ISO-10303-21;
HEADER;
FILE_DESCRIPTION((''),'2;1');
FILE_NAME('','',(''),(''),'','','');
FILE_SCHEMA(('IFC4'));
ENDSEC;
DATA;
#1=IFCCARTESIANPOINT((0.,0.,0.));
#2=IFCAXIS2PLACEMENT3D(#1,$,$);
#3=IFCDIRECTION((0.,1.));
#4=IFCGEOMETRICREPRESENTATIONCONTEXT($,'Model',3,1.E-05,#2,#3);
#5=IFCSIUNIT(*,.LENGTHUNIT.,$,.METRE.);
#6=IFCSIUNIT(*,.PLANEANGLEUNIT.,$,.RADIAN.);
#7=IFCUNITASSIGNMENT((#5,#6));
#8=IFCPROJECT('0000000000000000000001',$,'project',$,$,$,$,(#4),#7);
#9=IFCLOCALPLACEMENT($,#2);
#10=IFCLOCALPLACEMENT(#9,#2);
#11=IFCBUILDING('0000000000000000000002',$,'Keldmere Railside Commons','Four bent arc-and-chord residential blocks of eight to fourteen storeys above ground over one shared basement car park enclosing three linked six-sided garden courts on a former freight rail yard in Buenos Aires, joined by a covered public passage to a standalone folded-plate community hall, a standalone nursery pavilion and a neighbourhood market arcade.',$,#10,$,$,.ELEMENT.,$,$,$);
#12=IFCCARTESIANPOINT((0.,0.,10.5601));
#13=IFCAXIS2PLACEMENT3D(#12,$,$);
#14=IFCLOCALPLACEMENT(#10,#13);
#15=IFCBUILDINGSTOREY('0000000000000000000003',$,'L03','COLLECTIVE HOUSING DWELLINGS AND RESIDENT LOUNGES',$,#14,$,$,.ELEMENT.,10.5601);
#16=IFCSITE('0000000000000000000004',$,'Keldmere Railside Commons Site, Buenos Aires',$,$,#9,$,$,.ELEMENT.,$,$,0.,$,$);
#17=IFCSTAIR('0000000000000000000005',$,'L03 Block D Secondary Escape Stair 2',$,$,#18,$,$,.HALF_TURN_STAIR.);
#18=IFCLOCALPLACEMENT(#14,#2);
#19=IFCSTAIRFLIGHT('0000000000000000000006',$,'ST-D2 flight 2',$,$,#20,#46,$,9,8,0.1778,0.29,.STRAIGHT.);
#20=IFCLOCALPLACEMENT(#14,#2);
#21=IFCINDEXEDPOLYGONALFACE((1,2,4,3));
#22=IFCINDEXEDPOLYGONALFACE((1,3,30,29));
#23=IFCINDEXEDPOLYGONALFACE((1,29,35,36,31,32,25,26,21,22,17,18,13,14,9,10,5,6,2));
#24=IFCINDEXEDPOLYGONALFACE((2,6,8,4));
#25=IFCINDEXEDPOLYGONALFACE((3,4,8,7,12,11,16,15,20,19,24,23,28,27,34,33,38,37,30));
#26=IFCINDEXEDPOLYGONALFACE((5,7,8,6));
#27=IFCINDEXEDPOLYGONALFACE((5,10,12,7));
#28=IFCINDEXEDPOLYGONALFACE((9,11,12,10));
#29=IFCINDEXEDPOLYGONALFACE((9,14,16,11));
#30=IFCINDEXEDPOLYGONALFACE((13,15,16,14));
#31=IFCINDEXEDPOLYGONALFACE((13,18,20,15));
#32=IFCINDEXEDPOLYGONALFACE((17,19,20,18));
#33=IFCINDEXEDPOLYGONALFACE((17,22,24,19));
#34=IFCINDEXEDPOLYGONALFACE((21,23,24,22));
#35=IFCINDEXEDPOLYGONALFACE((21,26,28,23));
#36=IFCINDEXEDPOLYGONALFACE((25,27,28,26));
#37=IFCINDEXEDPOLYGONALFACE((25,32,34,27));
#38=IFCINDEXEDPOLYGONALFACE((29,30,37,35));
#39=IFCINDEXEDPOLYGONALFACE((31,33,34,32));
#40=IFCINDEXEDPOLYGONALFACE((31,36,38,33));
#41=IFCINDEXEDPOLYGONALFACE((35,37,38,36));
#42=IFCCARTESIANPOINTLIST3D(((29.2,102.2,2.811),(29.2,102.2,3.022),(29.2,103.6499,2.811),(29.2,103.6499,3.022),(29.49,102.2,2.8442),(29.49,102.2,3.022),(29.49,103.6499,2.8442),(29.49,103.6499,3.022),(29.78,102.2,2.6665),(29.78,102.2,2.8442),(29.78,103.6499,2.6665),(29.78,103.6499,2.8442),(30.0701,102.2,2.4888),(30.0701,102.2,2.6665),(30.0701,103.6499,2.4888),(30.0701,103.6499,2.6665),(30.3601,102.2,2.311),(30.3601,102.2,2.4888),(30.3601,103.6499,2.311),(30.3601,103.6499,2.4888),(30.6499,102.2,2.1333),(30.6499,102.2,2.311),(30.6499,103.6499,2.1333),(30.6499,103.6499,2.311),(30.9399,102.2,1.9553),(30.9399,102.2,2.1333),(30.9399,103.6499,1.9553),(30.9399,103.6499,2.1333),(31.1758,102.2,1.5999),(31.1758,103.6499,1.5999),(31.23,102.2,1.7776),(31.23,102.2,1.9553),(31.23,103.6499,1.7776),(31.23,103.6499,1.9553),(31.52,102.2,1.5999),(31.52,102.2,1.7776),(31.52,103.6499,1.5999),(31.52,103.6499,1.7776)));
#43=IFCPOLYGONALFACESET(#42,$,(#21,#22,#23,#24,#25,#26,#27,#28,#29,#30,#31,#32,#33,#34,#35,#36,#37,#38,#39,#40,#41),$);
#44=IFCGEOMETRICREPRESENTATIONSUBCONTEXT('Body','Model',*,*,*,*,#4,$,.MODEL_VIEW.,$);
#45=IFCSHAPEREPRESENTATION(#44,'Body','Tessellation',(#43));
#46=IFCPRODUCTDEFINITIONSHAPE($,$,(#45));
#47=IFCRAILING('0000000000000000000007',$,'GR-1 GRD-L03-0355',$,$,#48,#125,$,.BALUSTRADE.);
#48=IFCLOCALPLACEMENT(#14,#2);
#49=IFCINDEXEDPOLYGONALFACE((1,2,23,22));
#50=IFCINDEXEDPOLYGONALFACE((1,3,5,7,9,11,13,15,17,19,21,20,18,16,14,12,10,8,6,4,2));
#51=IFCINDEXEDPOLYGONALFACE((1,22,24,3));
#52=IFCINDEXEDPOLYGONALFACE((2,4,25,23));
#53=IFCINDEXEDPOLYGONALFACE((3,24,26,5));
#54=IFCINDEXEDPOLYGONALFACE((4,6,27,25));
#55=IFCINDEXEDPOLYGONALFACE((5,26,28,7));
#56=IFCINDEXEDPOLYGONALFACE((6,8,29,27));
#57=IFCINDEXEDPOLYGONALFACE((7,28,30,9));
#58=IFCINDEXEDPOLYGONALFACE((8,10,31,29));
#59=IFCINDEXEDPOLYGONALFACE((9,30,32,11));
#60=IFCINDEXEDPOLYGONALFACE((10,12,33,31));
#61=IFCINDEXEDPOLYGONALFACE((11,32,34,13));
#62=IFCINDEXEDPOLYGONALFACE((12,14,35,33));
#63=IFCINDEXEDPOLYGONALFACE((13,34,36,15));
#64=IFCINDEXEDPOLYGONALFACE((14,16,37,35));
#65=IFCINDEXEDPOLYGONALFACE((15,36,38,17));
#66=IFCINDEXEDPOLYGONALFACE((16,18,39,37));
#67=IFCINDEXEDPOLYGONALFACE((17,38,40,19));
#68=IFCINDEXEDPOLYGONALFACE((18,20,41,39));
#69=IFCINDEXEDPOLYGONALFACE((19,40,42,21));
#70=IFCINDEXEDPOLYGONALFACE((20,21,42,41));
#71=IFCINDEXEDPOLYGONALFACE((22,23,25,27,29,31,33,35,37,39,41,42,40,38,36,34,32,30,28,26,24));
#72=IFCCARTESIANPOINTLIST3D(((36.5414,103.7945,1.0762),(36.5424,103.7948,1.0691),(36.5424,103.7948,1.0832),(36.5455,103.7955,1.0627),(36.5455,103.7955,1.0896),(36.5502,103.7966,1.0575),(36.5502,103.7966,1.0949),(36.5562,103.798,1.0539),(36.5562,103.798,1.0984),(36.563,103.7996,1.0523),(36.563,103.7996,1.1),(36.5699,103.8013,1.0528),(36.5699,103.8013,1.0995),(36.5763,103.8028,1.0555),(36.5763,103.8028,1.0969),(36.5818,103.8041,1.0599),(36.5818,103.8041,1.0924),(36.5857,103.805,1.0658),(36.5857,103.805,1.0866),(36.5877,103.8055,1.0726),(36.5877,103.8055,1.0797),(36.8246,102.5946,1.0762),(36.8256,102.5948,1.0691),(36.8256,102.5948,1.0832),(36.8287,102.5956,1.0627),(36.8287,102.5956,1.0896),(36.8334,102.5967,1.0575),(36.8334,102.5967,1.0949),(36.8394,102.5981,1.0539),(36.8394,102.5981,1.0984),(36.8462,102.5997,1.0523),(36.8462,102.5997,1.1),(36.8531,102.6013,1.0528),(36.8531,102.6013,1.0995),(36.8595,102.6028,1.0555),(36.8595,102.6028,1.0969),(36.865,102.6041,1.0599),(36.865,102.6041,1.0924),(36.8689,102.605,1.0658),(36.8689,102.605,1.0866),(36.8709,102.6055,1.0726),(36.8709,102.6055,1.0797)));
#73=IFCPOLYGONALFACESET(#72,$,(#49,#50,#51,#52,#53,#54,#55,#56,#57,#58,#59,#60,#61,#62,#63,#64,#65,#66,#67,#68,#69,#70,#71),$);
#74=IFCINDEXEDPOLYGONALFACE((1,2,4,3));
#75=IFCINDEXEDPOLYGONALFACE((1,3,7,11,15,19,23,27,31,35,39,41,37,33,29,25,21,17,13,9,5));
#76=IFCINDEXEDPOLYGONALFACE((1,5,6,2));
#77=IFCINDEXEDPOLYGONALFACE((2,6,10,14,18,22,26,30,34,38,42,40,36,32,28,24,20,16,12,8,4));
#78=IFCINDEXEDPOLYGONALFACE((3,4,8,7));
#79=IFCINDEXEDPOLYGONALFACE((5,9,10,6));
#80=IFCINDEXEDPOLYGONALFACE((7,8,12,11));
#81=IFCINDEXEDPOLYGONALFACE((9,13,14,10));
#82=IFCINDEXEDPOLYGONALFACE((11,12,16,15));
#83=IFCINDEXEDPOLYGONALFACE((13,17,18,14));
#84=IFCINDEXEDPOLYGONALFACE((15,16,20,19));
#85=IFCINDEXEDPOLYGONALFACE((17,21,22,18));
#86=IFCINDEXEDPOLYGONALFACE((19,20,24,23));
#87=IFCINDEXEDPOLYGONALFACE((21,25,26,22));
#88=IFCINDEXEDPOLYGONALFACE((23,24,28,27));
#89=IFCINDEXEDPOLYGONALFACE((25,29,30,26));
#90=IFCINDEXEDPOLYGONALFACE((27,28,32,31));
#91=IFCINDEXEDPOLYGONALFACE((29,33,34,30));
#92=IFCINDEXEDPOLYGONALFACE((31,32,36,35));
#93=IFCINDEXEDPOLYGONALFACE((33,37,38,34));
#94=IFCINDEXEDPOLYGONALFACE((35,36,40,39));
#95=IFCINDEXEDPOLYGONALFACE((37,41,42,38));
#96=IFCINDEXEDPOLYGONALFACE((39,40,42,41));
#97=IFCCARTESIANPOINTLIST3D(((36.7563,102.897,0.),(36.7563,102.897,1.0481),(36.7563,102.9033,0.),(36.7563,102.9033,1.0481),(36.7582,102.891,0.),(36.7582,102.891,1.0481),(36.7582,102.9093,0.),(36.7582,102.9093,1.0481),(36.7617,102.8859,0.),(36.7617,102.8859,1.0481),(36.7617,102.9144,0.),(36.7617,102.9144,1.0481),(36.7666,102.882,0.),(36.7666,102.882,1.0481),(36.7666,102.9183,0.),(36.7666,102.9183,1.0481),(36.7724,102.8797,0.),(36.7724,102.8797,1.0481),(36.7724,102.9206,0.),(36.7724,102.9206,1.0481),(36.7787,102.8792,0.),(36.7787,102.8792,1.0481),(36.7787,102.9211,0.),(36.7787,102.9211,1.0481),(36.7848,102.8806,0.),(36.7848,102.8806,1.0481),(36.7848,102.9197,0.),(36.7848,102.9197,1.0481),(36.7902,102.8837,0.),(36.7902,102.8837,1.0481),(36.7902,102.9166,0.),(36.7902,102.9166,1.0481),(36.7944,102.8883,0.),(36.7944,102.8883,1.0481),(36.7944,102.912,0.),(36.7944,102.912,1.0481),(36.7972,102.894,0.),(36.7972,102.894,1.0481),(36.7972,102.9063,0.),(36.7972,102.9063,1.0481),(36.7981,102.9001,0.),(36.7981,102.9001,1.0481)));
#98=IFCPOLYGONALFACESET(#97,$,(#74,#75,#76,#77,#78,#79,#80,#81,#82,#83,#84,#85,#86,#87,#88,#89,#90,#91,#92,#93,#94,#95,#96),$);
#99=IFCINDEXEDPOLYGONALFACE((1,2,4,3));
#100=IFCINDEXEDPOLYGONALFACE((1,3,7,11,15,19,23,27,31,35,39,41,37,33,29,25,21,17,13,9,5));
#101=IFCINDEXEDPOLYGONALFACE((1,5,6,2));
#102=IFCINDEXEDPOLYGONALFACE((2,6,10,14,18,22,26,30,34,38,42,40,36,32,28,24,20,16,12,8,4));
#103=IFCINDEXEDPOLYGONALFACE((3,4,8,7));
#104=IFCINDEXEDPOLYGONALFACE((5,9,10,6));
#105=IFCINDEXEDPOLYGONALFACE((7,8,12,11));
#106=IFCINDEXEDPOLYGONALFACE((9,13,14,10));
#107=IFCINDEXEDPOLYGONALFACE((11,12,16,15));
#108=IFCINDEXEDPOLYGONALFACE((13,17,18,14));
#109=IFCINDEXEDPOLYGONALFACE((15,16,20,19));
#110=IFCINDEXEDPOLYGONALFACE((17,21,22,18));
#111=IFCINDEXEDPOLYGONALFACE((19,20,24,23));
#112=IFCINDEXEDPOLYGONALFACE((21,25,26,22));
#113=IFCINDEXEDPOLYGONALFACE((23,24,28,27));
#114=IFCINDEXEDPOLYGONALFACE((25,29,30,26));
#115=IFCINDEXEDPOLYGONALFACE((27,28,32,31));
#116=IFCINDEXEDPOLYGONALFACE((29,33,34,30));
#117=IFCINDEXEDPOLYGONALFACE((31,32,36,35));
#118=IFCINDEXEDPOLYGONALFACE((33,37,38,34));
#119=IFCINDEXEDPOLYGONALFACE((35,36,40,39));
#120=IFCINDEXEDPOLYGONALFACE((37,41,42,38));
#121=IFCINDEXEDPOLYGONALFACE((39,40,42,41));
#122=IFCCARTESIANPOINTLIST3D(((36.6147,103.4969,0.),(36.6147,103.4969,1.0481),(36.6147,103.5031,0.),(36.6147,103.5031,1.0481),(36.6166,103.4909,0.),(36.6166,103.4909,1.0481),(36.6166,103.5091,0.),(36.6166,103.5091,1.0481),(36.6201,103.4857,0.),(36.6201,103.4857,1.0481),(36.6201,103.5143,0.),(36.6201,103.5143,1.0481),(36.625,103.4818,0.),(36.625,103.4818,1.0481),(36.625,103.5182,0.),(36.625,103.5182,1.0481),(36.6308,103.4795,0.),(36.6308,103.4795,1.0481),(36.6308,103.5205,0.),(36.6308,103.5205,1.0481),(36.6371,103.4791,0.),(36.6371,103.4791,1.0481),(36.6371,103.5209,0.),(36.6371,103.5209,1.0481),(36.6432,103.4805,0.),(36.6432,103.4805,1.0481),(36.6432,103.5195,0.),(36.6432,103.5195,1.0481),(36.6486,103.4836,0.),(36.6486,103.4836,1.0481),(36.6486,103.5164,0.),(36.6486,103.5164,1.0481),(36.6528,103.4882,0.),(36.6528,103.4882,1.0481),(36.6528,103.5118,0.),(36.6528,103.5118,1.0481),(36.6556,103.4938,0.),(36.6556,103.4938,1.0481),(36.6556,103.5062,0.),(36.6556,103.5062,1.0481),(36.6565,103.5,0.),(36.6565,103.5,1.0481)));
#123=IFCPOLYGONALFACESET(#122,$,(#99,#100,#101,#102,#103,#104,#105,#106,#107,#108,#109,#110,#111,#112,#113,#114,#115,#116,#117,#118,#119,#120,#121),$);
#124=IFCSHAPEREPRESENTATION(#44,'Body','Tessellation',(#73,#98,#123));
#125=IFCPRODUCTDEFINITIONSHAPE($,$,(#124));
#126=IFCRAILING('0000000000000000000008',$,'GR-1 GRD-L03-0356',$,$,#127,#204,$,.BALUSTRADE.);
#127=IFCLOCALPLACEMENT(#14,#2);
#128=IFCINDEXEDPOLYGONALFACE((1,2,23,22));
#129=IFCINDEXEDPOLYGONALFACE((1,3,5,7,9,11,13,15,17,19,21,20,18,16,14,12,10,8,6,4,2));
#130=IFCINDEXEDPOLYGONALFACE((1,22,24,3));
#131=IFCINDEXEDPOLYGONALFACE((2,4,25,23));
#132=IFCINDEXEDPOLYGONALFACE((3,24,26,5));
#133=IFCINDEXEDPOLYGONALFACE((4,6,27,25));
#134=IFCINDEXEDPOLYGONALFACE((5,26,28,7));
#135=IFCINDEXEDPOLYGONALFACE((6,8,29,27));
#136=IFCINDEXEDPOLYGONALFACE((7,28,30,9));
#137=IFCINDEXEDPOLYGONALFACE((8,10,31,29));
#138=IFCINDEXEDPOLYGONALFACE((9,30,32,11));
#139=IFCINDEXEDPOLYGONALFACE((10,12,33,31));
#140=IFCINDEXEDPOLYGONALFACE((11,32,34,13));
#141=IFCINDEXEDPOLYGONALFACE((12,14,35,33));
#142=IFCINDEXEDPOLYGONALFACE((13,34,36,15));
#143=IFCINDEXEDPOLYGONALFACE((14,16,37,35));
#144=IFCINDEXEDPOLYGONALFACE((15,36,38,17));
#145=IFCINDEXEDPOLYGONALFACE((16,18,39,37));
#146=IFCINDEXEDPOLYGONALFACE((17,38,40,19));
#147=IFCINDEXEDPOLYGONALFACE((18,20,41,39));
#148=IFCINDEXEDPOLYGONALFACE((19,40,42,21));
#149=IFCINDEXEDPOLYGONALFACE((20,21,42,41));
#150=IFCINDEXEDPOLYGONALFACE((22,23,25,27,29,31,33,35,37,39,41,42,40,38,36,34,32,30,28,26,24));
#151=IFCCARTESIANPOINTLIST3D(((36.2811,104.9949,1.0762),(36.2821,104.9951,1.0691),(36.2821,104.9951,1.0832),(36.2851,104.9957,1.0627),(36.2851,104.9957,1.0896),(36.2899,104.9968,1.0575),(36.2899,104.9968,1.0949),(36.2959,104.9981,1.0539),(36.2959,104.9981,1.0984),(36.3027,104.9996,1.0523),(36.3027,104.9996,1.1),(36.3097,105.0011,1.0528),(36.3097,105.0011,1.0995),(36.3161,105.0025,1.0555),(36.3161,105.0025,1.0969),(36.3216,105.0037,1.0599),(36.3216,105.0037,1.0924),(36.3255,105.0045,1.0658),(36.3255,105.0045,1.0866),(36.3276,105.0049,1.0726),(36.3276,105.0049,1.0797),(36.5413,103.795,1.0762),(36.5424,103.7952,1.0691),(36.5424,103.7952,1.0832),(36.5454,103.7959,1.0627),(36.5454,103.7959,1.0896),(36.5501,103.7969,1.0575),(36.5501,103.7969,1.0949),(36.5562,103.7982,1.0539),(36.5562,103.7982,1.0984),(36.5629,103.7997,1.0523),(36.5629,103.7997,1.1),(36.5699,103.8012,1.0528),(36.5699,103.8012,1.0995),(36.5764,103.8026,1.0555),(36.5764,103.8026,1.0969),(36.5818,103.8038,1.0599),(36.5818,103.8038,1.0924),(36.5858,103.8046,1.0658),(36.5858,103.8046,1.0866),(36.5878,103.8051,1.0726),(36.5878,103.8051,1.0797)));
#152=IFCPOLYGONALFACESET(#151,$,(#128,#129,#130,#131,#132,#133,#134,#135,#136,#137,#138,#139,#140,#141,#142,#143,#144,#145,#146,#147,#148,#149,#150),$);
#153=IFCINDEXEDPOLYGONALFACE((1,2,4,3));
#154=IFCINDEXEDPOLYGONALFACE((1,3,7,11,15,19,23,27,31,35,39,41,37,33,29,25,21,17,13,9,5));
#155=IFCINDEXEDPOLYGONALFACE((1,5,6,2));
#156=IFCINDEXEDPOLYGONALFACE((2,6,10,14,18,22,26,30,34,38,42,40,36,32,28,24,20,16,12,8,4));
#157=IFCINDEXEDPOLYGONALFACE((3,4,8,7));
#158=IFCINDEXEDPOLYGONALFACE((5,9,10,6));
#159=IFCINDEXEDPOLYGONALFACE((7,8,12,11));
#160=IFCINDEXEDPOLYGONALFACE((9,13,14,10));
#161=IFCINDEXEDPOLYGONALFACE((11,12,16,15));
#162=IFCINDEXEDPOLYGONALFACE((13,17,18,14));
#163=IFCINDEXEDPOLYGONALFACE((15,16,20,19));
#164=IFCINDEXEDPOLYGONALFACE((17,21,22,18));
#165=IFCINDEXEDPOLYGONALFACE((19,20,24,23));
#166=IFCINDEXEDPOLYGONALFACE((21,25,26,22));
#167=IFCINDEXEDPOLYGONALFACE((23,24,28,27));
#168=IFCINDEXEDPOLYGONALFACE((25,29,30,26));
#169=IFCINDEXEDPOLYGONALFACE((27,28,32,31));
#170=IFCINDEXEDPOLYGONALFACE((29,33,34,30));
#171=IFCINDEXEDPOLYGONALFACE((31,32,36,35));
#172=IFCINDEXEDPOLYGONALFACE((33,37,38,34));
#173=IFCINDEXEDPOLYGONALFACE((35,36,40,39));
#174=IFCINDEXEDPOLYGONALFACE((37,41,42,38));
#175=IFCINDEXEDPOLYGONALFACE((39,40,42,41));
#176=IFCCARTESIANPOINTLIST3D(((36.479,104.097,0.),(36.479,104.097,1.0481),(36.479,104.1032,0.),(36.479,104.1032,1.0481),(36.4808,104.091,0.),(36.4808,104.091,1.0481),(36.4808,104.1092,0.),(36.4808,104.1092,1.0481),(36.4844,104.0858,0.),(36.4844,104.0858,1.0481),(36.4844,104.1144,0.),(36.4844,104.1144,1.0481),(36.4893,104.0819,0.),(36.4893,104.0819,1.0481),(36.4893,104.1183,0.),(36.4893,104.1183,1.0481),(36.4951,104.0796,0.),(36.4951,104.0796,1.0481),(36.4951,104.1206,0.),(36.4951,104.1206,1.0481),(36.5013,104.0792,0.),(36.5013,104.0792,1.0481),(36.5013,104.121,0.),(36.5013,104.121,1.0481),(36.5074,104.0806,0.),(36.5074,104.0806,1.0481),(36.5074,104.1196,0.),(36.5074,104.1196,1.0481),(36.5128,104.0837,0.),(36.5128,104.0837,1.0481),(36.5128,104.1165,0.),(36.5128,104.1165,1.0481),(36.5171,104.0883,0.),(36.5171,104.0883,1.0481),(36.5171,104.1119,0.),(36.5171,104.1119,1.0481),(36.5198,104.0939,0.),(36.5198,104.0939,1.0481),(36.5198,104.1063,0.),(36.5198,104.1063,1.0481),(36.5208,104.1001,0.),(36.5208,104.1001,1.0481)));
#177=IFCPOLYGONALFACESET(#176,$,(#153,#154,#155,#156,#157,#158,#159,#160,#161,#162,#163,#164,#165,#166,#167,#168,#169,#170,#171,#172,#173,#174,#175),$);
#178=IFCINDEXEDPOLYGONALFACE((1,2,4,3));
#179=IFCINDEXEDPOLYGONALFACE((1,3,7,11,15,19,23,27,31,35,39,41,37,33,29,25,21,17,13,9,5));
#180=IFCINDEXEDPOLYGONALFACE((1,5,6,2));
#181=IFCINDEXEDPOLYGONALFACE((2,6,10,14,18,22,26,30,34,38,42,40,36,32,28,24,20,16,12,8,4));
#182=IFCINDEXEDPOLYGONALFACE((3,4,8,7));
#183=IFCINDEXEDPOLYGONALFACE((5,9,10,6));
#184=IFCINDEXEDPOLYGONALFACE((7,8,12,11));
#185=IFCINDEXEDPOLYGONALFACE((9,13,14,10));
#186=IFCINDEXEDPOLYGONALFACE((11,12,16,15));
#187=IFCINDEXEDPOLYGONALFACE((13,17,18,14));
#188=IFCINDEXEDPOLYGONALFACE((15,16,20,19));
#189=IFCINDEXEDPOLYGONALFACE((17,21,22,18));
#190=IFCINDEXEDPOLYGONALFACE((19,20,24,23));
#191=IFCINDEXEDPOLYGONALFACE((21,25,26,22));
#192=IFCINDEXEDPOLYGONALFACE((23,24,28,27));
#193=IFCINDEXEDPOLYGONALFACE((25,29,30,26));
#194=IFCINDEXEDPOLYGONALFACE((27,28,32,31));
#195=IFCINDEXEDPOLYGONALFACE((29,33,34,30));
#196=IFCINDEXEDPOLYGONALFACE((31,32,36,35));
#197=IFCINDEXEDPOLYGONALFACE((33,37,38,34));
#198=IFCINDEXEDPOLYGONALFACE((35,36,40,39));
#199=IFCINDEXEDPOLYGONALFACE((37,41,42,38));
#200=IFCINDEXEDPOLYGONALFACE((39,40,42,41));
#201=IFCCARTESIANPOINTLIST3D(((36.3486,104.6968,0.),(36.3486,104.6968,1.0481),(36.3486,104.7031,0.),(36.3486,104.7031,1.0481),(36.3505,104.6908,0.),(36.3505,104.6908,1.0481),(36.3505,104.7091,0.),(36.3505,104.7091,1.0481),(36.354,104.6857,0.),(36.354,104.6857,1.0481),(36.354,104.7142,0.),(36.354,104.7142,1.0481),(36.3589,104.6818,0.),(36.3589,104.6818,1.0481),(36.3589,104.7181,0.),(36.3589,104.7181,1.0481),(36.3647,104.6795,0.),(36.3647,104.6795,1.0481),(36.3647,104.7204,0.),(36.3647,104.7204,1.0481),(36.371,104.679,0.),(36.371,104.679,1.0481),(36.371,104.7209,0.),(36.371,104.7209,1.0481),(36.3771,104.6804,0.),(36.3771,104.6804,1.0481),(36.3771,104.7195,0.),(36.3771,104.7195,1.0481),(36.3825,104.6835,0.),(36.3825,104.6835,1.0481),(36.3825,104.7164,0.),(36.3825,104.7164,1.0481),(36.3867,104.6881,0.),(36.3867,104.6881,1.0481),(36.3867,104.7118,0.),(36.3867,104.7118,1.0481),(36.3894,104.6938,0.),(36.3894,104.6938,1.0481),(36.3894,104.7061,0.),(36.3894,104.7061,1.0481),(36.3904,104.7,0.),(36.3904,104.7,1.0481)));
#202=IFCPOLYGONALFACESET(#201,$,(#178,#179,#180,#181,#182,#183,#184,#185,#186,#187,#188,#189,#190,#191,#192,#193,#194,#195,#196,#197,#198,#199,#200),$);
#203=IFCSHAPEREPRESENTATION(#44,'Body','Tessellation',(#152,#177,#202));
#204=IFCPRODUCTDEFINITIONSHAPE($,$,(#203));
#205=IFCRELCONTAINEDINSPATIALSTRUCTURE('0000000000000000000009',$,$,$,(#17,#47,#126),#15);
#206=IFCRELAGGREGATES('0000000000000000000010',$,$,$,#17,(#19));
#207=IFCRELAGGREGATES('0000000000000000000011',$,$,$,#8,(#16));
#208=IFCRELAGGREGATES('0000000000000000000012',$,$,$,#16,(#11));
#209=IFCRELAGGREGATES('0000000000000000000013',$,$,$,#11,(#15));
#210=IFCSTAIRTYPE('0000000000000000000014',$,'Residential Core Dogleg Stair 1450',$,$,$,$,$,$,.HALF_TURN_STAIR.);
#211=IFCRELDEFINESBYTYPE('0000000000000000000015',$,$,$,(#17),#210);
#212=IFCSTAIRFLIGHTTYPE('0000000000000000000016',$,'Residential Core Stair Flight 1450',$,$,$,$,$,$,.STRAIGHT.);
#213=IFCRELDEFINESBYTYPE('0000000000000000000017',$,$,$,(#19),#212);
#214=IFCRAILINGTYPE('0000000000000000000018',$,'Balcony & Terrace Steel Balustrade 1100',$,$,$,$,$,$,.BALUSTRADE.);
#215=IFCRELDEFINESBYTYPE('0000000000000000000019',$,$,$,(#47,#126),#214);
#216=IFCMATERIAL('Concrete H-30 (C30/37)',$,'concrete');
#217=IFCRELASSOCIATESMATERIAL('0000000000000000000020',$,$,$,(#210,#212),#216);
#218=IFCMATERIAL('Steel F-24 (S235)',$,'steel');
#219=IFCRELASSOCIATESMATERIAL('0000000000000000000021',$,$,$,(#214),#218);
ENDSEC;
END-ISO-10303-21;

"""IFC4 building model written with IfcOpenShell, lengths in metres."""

from ifc_helpers import new_model, si_unit, direction, frame, origin, origin_2d, place, context, subcontext, project, spatial, polyline, circle, outline, extrude, material, type_object, element, aggregate, save


model = new_model("IFC4")

# Units and contexts
model_context = context("Model", 3, precision=1e-05, world=origin(), true_north=direction((0.0, 1.0)))
body_context = subcontext(model_context, "Body", "Model", "MODEL_VIEW")
ifc_project = project(units=[si_unit("LENGTHUNIT", "METRE"), si_unit("PLANEANGLEUNIT", "RADIAN")], contexts=[model_context])

# Site, building, storey
site_placement = place(None, origin())
site = spatial("IfcSite", under=ifc_project, at=site_placement, Name="Keldmere Railside Commons Site, Buenos Aires", CompositionType="ELEMENT", RefElevation=0.0)
building_placement = place(site_placement, origin())
building = spatial("IfcBuilding", under=site, at=building_placement, Name="Keldmere Railside Commons", Description="Four bent arc-and-chord residential blocks of eight to fourteen storeys above ground over one shared basement car park enclosing three linked six-sided garden courts on a former freight rail yard in Buenos Aires, joined by a covered public passage to a standalone folded-plate community hall, a standalone nursery pavilion and a neighbourhood market arcade.", CompositionType="ELEMENT")
storey_placement = place(building_placement, frame((0.0, 0.0, 10.5601)))
storey = spatial("IfcBuildingStorey", under=building, at=storey_placement, Name="L03", Description="COLLECTIVE HOUSING DWELLINGS AND RESIDENT LOUNGES", CompositionType="ELEMENT", Elevation=10.5601)

# Shared definitions
ifc_material_1 = material(Name="Concrete H-30 (C30/37)", Category="concrete")

# Shared definitions
ifc_material_2 = material(Name="Steel F-24 (S235)", Category="steel")

# Stair, stair flight
stair_type = type_object("IfcStairType", Name="Residential Core Dogleg Stair 1450", PredefinedType="HALF_TURN_STAIR", material=ifc_material_1)
stair_placement = place(storey_placement, origin())
stair = element("IfcStair", 1, at=stair_placement, inside=storey, type_object=stair_type, Name="L03 Block D Secondary Escape Stair 2", PredefinedType="HALF_TURN_STAIR")
stair_flight_type = type_object("IfcStairFlightType", Name="Residential Core Stair Flight 1450", PredefinedType="STRAIGHT", material=ifc_material_1)
stair_flight_placement = place(storey_placement, frame((31.52, 102.925, 1.5999), z_axis=(0.0, 0.0, 1.0), x_axis=(-1.0, 0.0, 0.0)))
stair_flight = element("IfcStairFlight", 2, at=stair_flight_placement, type_object=stair_flight_type, Name="ST-D2 flight 2", NumberOfRisers=9, NumberOfTreads=8, PredefinedType="STRAIGHT", RiserHeight=0.1778, TreadLength=0.29, context=body_context, shape_type="SweptSolid", body=[
    extrude(outline(polyline([(0.0, 0.0), (0.0, 0.1777), (0.29, 0.1777), (0.29, 0.3555), (0.5801, 0.3555), (0.5801, 0.5334), (0.8701, 0.5334), (0.8701, 0.7112), (1.1599, 0.7112), (1.1599, 0.8889), (1.45, 0.8889), (1.45, 1.0667), (1.74, 1.0667), (1.74, 1.2444), (2.03, 1.2444), (2.03, 1.4221), (2.3201, 1.4221), (2.3201, 1.6001), (2.3201, 1.2112), (0.3442, 0.0), (0.0, 0.0)])), frame((0.0, 0.7251, 0.0), z_axis=(0.0, -1.0, 0.0), x_axis=(1.0, 0.0, 0.0)), (0.0, 0.0, 1.0), 1.45),
])
aggregate(stair, [stair_flight])

# Railings
railing_type_1 = type_object("IfcRailingType", Name="Balcony & Terrace Steel Balustrade 1100", PredefinedType="BALUSTRADE", material=ifc_material_2)
railing_1_placement = place(storey_placement, frame((36.8479, 102.6001, 0.0)))
element("IfcRailing", 3, at=railing_1_placement, inside=storey, type_object=railing_type_1, Name="GR-1 GRD-L03-0355", PredefinedType="BALUSTRADE", context=body_context, shape_type="SweptSolid", body=[
    extrude(circle(Radius=0.0239, at=origin_2d()), frame((0.0, 0.0, 1.0762), z_axis=(-0.229702, 0.973261, 0.0), x_axis=(-0.973261, -0.229702, 0.0)), (0.0, 0.0, 1.0), 1.2329),
    extrude(circle(Radius=0.021, at=origin_2d()), frame((-0.0708, 0.3, 0.0)), (0.0, 0.0, 1.0), 1.0481),
    extrude(circle(Radius=0.021, at=origin_2d()), frame((-0.2124, 0.8999, 0.0)), (0.0, 0.0, 1.0), 1.0481),
])
railing_2_placement = place(storey_placement, frame((36.5647, 103.8, 0.0)))
element("IfcRailing", 4, at=railing_2_placement, inside=storey, type_object=railing_type_1, Name="GR-1 GRD-L03-0356", PredefinedType="BALUSTRADE", context=body_context, shape_type="SweptSolid", body=[
    extrude(circle(Radius=0.0239, at=origin_2d()), frame((0.0, 0.0, 1.0762), z_axis=(-0.211959, 0.977279, 0.0), x_axis=(-0.977279, -0.211959, 0.0)), (0.0, 0.0, 1.0), 1.2278),
    extrude(circle(Radius=0.021, at=origin_2d()), frame((-0.0649, 0.3, 0.0)), (0.0, 0.0, 1.0), 1.0481),
    extrude(circle(Radius=0.021, at=origin_2d()), frame((-0.1953, 0.8999, 0.0)), (0.0, 0.0, 1.0), 1.0481),
])

save(model, "model.ifc")
